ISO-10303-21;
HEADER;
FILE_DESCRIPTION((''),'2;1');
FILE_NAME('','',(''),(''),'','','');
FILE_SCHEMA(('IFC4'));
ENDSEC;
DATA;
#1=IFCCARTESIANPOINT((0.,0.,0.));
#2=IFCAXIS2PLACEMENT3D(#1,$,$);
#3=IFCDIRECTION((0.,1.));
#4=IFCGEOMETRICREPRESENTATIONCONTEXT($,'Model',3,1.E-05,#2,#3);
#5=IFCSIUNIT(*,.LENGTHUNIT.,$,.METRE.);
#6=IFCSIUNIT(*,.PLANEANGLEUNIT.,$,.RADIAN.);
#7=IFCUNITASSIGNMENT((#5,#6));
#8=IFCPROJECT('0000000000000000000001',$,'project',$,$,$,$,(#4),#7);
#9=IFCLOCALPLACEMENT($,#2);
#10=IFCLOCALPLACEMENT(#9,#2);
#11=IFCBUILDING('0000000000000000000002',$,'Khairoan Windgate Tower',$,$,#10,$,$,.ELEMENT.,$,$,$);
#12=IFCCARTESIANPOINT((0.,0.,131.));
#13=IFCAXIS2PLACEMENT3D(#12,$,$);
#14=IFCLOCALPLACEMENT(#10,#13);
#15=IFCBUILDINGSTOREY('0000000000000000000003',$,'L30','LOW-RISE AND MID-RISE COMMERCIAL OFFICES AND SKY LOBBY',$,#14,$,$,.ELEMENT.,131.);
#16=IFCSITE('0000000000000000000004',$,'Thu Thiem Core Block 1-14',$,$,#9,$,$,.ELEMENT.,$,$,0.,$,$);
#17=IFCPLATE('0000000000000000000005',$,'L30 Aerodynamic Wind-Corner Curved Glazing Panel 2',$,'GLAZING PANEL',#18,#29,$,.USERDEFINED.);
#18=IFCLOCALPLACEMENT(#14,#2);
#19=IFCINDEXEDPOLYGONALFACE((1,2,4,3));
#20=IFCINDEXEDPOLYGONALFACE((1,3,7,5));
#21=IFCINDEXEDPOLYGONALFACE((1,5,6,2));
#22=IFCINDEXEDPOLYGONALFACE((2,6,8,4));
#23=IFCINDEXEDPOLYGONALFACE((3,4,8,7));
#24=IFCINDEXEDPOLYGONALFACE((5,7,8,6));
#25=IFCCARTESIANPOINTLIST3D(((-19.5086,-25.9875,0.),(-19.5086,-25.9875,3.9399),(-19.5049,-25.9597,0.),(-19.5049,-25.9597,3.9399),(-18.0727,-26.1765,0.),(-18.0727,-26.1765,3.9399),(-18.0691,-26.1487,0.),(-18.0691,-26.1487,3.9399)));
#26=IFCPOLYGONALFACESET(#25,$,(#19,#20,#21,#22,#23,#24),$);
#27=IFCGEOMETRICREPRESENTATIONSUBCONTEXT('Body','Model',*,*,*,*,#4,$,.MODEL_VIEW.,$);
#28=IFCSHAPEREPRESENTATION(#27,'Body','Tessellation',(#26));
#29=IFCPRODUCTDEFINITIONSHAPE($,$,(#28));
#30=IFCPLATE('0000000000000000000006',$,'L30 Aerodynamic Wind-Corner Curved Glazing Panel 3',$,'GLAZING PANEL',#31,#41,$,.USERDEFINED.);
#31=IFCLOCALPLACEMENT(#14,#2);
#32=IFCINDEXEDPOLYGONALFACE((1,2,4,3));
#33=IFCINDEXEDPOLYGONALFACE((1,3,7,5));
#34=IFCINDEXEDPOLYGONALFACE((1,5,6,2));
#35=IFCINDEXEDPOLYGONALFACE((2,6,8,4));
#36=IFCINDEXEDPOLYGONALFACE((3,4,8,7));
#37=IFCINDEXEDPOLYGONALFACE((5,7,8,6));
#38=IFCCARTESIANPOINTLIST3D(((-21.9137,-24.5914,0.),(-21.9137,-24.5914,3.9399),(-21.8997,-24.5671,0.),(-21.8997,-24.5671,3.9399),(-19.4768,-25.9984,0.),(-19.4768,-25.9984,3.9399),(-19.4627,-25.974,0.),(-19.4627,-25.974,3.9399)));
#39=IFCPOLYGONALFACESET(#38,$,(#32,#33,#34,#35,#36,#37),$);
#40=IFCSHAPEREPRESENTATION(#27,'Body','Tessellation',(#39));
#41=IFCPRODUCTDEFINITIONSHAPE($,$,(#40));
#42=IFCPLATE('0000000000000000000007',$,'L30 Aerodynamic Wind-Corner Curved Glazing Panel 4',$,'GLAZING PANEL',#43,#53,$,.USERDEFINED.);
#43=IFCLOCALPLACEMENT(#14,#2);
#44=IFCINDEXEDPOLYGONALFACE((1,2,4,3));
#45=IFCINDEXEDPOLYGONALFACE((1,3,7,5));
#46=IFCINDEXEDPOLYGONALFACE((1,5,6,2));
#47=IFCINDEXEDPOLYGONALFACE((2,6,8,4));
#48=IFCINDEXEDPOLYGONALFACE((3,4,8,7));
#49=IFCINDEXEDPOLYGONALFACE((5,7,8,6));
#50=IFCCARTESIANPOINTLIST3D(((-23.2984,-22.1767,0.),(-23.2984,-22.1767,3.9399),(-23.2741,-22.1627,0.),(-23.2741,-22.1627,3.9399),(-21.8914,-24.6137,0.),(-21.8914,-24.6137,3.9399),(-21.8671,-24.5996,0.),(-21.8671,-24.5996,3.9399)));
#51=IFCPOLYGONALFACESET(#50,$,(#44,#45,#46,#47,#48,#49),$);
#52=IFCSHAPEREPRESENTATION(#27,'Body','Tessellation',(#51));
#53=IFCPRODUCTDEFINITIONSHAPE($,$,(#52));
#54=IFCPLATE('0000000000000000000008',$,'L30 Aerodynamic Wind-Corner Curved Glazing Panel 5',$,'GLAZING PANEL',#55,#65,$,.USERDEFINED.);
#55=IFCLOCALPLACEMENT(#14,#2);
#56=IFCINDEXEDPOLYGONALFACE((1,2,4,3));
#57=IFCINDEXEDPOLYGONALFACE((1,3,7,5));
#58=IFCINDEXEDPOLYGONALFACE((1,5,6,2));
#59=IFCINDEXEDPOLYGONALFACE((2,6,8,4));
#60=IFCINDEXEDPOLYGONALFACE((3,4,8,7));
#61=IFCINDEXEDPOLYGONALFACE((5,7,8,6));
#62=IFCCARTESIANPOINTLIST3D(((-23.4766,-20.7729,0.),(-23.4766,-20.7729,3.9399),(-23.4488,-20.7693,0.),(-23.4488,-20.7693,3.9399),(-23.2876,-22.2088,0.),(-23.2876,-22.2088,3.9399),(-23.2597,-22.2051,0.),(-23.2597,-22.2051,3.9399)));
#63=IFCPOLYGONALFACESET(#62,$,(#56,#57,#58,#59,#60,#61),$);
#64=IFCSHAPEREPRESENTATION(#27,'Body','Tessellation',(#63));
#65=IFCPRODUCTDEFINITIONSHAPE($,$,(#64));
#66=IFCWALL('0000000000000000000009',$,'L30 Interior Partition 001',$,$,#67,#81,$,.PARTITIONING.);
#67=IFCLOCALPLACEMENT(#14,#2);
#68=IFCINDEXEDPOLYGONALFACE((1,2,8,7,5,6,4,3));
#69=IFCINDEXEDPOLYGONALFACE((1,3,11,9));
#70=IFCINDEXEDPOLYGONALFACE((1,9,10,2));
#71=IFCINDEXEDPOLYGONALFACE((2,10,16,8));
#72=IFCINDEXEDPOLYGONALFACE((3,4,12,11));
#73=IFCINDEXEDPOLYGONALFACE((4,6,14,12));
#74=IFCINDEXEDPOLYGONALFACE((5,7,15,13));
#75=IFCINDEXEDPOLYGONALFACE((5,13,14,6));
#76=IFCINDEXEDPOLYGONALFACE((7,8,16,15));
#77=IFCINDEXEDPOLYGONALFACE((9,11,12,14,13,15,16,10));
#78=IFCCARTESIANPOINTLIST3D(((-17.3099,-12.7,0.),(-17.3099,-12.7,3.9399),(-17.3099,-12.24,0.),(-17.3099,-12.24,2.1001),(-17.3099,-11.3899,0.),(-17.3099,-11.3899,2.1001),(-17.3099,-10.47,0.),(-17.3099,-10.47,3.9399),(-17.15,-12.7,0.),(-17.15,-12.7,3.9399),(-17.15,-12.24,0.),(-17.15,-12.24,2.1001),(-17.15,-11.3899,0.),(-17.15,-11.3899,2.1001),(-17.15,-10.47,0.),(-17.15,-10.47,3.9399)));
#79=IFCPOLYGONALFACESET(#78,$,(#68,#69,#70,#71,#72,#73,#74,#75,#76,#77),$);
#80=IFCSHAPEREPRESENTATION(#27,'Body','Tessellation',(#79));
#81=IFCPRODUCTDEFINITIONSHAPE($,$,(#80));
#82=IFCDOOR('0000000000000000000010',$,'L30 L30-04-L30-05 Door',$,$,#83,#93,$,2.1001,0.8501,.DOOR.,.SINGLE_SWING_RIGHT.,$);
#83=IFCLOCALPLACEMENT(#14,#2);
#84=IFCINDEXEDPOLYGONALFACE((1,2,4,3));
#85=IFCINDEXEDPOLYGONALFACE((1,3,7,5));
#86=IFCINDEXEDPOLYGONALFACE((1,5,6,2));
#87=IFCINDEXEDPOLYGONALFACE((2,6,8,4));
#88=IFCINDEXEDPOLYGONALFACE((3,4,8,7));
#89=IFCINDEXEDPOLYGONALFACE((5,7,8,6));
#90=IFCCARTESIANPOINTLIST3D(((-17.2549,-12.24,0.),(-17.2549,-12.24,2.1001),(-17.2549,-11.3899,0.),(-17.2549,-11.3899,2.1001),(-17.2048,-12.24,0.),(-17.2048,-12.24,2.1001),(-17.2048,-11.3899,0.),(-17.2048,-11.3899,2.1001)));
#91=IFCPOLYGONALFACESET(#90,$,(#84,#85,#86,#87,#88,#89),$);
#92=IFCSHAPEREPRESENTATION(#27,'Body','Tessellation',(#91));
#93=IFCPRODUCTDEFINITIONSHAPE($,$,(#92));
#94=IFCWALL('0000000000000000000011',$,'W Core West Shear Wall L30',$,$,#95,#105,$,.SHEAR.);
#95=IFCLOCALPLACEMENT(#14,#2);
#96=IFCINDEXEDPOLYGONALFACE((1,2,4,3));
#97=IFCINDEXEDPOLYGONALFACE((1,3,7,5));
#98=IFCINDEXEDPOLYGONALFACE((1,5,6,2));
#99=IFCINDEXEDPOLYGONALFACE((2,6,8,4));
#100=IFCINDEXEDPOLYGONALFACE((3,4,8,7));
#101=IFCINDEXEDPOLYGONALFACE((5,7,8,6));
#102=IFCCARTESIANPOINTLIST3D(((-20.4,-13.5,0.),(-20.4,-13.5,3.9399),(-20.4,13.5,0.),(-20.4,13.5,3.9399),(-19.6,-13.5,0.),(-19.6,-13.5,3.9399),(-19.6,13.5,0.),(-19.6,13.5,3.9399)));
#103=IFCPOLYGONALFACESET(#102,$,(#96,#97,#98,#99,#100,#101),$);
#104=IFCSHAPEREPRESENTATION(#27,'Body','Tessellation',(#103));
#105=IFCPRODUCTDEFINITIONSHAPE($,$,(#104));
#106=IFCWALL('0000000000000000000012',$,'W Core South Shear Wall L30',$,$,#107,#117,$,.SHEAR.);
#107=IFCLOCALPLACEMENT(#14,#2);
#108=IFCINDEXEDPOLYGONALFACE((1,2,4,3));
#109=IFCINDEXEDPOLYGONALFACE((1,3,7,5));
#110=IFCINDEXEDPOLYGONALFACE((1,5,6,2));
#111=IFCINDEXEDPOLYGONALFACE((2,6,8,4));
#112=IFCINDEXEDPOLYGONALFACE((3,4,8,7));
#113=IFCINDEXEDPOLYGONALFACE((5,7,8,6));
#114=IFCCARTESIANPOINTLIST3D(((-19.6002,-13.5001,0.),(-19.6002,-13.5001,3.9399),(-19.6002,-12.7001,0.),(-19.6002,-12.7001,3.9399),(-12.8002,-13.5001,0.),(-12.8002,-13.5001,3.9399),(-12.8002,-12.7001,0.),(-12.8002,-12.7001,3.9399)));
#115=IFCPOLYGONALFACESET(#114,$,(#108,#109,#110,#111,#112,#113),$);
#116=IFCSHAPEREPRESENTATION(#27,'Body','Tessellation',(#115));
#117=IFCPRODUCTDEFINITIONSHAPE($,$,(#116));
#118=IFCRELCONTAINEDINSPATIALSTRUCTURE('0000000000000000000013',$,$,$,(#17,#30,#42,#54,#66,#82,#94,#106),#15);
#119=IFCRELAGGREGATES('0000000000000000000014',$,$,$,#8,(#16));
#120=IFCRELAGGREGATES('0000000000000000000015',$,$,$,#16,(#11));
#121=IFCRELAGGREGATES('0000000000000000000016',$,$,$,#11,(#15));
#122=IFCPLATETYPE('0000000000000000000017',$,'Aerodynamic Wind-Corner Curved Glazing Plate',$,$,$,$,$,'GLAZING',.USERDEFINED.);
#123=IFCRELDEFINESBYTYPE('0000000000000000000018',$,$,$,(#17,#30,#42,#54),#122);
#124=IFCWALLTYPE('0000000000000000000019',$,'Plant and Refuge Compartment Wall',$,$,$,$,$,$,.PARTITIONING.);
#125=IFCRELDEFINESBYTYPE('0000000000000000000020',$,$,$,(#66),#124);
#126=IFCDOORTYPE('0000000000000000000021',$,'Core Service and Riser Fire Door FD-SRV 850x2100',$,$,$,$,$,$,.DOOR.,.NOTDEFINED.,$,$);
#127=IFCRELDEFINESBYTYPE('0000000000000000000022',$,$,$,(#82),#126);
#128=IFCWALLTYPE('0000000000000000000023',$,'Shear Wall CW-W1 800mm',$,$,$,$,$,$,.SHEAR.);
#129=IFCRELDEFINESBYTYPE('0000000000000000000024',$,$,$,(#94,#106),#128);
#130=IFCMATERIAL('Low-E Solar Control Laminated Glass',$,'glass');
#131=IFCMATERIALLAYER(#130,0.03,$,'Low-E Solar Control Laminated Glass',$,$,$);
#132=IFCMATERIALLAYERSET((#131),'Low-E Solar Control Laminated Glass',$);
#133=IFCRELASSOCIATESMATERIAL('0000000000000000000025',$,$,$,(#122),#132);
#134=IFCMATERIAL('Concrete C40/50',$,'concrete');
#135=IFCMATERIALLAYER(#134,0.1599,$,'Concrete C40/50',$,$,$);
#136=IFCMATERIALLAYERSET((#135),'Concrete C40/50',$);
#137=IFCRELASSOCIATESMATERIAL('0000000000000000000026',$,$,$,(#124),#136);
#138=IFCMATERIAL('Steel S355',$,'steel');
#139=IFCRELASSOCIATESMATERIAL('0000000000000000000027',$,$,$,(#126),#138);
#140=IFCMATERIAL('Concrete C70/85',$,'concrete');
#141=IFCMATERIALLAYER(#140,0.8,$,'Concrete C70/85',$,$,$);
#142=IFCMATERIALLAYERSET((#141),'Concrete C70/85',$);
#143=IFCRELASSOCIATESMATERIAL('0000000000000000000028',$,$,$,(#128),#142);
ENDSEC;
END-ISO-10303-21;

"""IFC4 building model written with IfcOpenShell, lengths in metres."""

from ifc_helpers import new_model, si_unit, direction, frame, frame_2d, origin, origin_2d, place, context, subcontext, project, spatial, rectangle, extrude, material, layer, layer_set, type_object, element, fill, save


model = new_model("IFC4")

# Units and contexts
model_context = context("Model", 3, precision=1e-05, world=origin(), true_north=direction((0.0, 1.0)))
body_context = subcontext(model_context, "Body", "Model", "MODEL_VIEW")
ifc_project = project(units=[si_unit("LENGTHUNIT", "METRE"), si_unit("PLANEANGLEUNIT", "RADIAN")], contexts=[model_context])

# Site, building, storey
site_placement = place(None, origin())
site = spatial("IfcSite", under=ifc_project, at=site_placement, Name="Thu Thiem Core Block 1-14", CompositionType="ELEMENT", RefElevation=0.0)
building_placement = place(site_placement, origin())
building = spatial("IfcBuilding", under=site, at=building_placement, Name="Khairoan Windgate Tower", CompositionType="ELEMENT")
storey_placement = place(building_placement, frame((0.0, 0.0, 131.0)))
storey = spatial("IfcBuildingStorey", under=building, at=storey_placement, Name="L30", Description="LOW-RISE AND MID-RISE COMMERCIAL OFFICES AND SKY LOBBY", CompositionType="ELEMENT", Elevation=131.0)

# Plates
ifc_material_1 = material(Name="Low-E Solar Control Laminated Glass", Category="glass")
ifc_layer_1 = layer(ifc_material_1, 0.03, Name="Low-E Solar Control Laminated Glass")
ifc_layer_set_1 = layer_set([ifc_layer_1], Name="Low-E Solar Control Laminated Glass")
plate_type_1 = type_object("IfcPlateType", Name="Aerodynamic Wind-Corner Curved Glazing Plate", ElementType="GLAZING", PredefinedType="USERDEFINED", material=ifc_layer_set_1)
plate_1_placement = place(storey_placement, frame((-18.7888, -26.0681, 0.0), z_axis=(0.0, 0.0, 1.0), x_axis=(-0.991445, 0.130526, 0.0)))
element("IfcPlate", 1, at=plate_1_placement, inside=storey, type_object=plate_type_1, Name="L30 Aerodynamic Wind-Corner Curved Glazing Panel 2", ObjectType="GLAZING PANEL", PredefinedType="USERDEFINED", context=body_context, shape_type="SweptSolid", body=[
    extrude(rectangle(XDim=1.4482, YDim=0.0281, at=origin_2d()), origin(), (0.0, 0.0, 1.0), 3.9399),
])
for number, where, z_axis, x_axis, name in (
    (2, (-20.6882, -25.2827, 0.0), (0.0, 0.0, 1.0), (-0.866025, 0.5, 0.0), "L30 Aerodynamic Wind-Corner Curved Glazing Panel 3"),
    (3, (-22.5828, -23.3882, 0.0), (0.0, 0.0, 1.0), (-0.5, 0.866025, 0.0), "L30 Aerodynamic Wind-Corner Curved Glazing Panel 4"),
):
    element("IfcPlate", number, at=place(storey_placement, frame(where, z_axis=z_axis, x_axis=x_axis)), inside=storey, type_object=plate_type_1, Name=name, ObjectType="GLAZING PANEL", PredefinedType="USERDEFINED", context=body_context, shape_type="SweptSolid", body=[
        extrude(rectangle(XDim=2.814, YDim=0.0281, at=origin_2d()), origin(), (0.0, 0.0, 1.0), 3.9399),
    ])
plate_2_placement = place(storey_placement, frame((-23.3682, -21.489, 0.0), z_axis=(0.0, 0.0, 1.0), x_axis=(-0.130526, 0.991445, 0.0)))
element("IfcPlate", 4, at=plate_2_placement, inside=storey, type_object=plate_type_1, Name="L30 Aerodynamic Wind-Corner Curved Glazing Panel 5", ObjectType="GLAZING PANEL", PredefinedType="USERDEFINED", context=body_context, shape_type="SweptSolid", body=[
    extrude(rectangle(XDim=1.4482, YDim=0.0281, at=origin_2d()), origin(), (0.0, 0.0, 1.0), 3.9399),
])

# Wall, opening, door
ifc_material_2 = material(Name="Concrete C40/50", Category="concrete")
ifc_layer_2 = layer(ifc_material_2, 0.1599, Name="Concrete C40/50")
ifc_layer_set_2 = layer_set([ifc_layer_2], Name="Concrete C40/50")
wall_type_1 = type_object("IfcWallType", Name="Plant and Refuge Compartment Wall", PredefinedType="PARTITIONING", material=ifc_layer_set_2)
wall_1_placement = place(storey_placement, frame((-17.23, -12.7, 0.0), z_axis=(0.0, 0.0, 1.0), x_axis=(0.0, 1.0, 0.0)))
wall_1 = element("IfcWall", 5, at=wall_1_placement, inside=storey, type_object=wall_type_1, Name="L30 Interior Partition 001", PredefinedType="PARTITIONING", context=body_context, shape_type="SweptSolid", body=[
    extrude(rectangle(XDim=2.23, YDim=0.1599, at=frame_2d((1.115, 0.0))), origin(), (0.0, 0.0, 1.0), 3.9399),
])
opening_placement = place(wall_1_placement, frame((0.46, 0.0, 0.0)))
opening = element("IfcOpeningElement", 6, at=opening_placement, cuts=wall_1, PredefinedType="OPENING", context=body_context, shape_type="SweptSolid", body=[
    extrude(rectangle(XDim=0.8501, YDim=2.1001, at=frame_2d((0.425, 1.05))), frame((0.0, 0.0898, 0.0), z_axis=(0.0, -1.0, 0.0), x_axis=(1.0, 0.0, 0.0)), (0.0, 0.0, 1.0), 0.1799),
])
ifc_material_3 = material(Name="Steel S355", Category="steel")
door_type = type_object("IfcDoorType", Name="Core Service and Riser Fire Door FD-SRV 850x2100", OperationType="NOTDEFINED", PredefinedType="DOOR", material=ifc_material_3)
door_placement = place(opening_placement, origin())
door = element("IfcDoor", 7, at=door_placement, inside=storey, type_object=door_type, Name="L30 L30-04-L30-05 Door", OperationType="SINGLE_SWING_RIGHT", OverallHeight=2.1001, OverallWidth=0.8501, PredefinedType="DOOR", context=body_context, shape_type="SweptSolid", body=[
    extrude(rectangle(XDim=0.8501, YDim=2.1001, at=frame_2d((0.425, 1.05))), frame((0.0, 0.0249, 0.0), z_axis=(0.0, -1.0, 0.0), x_axis=(1.0, 0.0, 0.0)), (0.0, 0.0, 1.0), 0.05),
])
fill(opening, door)

# Walls
ifc_material_4 = material(Name="Concrete C70/85", Category="concrete")
ifc_layer_3 = layer(ifc_material_4, 0.8, Name="Concrete C70/85")
ifc_layer_set_3 = layer_set([ifc_layer_3], Name="Concrete C70/85")
wall_type_2 = type_object("IfcWallType", Name="Shear Wall CW-W1 800mm", PredefinedType="SHEAR", material=ifc_layer_set_3)
wall_2_placement = place(storey_placement, frame((-20.0, -13.5, 0.0), z_axis=(0.0, 0.0, 1.0), x_axis=(0.0, 1.0, 0.0)))
element("IfcWall", 8, at=wall_2_placement, inside=storey, type_object=wall_type_2, Name="W Core West Shear Wall L30", PredefinedType="SHEAR", context=body_context, shape_type="SweptSolid", body=[
    extrude(rectangle(XDim=27.0, YDim=0.8, at=frame_2d((13.5, 0.0))), origin(), (0.0, 0.0, 1.0), 3.9399),
])
wall_3_placement = place(storey_placement, frame((-19.6001, -13.1001, 0.0), z_axis=(0.0, 0.0, 1.0), x_axis=(1.0, 0.0, 0.0)))
element("IfcWall", 9, at=wall_3_placement, inside=storey, type_object=wall_type_2, Name="W Core South Shear Wall L30", PredefinedType="SHEAR", context=body_context, shape_type="SweptSolid", body=[
    extrude(rectangle(XDim=6.8, YDim=0.8, at=frame_2d((3.3999, 0.0))), origin(), (0.0, 0.0, 1.0), 3.9399),
])

save(model, "model.ifc")
